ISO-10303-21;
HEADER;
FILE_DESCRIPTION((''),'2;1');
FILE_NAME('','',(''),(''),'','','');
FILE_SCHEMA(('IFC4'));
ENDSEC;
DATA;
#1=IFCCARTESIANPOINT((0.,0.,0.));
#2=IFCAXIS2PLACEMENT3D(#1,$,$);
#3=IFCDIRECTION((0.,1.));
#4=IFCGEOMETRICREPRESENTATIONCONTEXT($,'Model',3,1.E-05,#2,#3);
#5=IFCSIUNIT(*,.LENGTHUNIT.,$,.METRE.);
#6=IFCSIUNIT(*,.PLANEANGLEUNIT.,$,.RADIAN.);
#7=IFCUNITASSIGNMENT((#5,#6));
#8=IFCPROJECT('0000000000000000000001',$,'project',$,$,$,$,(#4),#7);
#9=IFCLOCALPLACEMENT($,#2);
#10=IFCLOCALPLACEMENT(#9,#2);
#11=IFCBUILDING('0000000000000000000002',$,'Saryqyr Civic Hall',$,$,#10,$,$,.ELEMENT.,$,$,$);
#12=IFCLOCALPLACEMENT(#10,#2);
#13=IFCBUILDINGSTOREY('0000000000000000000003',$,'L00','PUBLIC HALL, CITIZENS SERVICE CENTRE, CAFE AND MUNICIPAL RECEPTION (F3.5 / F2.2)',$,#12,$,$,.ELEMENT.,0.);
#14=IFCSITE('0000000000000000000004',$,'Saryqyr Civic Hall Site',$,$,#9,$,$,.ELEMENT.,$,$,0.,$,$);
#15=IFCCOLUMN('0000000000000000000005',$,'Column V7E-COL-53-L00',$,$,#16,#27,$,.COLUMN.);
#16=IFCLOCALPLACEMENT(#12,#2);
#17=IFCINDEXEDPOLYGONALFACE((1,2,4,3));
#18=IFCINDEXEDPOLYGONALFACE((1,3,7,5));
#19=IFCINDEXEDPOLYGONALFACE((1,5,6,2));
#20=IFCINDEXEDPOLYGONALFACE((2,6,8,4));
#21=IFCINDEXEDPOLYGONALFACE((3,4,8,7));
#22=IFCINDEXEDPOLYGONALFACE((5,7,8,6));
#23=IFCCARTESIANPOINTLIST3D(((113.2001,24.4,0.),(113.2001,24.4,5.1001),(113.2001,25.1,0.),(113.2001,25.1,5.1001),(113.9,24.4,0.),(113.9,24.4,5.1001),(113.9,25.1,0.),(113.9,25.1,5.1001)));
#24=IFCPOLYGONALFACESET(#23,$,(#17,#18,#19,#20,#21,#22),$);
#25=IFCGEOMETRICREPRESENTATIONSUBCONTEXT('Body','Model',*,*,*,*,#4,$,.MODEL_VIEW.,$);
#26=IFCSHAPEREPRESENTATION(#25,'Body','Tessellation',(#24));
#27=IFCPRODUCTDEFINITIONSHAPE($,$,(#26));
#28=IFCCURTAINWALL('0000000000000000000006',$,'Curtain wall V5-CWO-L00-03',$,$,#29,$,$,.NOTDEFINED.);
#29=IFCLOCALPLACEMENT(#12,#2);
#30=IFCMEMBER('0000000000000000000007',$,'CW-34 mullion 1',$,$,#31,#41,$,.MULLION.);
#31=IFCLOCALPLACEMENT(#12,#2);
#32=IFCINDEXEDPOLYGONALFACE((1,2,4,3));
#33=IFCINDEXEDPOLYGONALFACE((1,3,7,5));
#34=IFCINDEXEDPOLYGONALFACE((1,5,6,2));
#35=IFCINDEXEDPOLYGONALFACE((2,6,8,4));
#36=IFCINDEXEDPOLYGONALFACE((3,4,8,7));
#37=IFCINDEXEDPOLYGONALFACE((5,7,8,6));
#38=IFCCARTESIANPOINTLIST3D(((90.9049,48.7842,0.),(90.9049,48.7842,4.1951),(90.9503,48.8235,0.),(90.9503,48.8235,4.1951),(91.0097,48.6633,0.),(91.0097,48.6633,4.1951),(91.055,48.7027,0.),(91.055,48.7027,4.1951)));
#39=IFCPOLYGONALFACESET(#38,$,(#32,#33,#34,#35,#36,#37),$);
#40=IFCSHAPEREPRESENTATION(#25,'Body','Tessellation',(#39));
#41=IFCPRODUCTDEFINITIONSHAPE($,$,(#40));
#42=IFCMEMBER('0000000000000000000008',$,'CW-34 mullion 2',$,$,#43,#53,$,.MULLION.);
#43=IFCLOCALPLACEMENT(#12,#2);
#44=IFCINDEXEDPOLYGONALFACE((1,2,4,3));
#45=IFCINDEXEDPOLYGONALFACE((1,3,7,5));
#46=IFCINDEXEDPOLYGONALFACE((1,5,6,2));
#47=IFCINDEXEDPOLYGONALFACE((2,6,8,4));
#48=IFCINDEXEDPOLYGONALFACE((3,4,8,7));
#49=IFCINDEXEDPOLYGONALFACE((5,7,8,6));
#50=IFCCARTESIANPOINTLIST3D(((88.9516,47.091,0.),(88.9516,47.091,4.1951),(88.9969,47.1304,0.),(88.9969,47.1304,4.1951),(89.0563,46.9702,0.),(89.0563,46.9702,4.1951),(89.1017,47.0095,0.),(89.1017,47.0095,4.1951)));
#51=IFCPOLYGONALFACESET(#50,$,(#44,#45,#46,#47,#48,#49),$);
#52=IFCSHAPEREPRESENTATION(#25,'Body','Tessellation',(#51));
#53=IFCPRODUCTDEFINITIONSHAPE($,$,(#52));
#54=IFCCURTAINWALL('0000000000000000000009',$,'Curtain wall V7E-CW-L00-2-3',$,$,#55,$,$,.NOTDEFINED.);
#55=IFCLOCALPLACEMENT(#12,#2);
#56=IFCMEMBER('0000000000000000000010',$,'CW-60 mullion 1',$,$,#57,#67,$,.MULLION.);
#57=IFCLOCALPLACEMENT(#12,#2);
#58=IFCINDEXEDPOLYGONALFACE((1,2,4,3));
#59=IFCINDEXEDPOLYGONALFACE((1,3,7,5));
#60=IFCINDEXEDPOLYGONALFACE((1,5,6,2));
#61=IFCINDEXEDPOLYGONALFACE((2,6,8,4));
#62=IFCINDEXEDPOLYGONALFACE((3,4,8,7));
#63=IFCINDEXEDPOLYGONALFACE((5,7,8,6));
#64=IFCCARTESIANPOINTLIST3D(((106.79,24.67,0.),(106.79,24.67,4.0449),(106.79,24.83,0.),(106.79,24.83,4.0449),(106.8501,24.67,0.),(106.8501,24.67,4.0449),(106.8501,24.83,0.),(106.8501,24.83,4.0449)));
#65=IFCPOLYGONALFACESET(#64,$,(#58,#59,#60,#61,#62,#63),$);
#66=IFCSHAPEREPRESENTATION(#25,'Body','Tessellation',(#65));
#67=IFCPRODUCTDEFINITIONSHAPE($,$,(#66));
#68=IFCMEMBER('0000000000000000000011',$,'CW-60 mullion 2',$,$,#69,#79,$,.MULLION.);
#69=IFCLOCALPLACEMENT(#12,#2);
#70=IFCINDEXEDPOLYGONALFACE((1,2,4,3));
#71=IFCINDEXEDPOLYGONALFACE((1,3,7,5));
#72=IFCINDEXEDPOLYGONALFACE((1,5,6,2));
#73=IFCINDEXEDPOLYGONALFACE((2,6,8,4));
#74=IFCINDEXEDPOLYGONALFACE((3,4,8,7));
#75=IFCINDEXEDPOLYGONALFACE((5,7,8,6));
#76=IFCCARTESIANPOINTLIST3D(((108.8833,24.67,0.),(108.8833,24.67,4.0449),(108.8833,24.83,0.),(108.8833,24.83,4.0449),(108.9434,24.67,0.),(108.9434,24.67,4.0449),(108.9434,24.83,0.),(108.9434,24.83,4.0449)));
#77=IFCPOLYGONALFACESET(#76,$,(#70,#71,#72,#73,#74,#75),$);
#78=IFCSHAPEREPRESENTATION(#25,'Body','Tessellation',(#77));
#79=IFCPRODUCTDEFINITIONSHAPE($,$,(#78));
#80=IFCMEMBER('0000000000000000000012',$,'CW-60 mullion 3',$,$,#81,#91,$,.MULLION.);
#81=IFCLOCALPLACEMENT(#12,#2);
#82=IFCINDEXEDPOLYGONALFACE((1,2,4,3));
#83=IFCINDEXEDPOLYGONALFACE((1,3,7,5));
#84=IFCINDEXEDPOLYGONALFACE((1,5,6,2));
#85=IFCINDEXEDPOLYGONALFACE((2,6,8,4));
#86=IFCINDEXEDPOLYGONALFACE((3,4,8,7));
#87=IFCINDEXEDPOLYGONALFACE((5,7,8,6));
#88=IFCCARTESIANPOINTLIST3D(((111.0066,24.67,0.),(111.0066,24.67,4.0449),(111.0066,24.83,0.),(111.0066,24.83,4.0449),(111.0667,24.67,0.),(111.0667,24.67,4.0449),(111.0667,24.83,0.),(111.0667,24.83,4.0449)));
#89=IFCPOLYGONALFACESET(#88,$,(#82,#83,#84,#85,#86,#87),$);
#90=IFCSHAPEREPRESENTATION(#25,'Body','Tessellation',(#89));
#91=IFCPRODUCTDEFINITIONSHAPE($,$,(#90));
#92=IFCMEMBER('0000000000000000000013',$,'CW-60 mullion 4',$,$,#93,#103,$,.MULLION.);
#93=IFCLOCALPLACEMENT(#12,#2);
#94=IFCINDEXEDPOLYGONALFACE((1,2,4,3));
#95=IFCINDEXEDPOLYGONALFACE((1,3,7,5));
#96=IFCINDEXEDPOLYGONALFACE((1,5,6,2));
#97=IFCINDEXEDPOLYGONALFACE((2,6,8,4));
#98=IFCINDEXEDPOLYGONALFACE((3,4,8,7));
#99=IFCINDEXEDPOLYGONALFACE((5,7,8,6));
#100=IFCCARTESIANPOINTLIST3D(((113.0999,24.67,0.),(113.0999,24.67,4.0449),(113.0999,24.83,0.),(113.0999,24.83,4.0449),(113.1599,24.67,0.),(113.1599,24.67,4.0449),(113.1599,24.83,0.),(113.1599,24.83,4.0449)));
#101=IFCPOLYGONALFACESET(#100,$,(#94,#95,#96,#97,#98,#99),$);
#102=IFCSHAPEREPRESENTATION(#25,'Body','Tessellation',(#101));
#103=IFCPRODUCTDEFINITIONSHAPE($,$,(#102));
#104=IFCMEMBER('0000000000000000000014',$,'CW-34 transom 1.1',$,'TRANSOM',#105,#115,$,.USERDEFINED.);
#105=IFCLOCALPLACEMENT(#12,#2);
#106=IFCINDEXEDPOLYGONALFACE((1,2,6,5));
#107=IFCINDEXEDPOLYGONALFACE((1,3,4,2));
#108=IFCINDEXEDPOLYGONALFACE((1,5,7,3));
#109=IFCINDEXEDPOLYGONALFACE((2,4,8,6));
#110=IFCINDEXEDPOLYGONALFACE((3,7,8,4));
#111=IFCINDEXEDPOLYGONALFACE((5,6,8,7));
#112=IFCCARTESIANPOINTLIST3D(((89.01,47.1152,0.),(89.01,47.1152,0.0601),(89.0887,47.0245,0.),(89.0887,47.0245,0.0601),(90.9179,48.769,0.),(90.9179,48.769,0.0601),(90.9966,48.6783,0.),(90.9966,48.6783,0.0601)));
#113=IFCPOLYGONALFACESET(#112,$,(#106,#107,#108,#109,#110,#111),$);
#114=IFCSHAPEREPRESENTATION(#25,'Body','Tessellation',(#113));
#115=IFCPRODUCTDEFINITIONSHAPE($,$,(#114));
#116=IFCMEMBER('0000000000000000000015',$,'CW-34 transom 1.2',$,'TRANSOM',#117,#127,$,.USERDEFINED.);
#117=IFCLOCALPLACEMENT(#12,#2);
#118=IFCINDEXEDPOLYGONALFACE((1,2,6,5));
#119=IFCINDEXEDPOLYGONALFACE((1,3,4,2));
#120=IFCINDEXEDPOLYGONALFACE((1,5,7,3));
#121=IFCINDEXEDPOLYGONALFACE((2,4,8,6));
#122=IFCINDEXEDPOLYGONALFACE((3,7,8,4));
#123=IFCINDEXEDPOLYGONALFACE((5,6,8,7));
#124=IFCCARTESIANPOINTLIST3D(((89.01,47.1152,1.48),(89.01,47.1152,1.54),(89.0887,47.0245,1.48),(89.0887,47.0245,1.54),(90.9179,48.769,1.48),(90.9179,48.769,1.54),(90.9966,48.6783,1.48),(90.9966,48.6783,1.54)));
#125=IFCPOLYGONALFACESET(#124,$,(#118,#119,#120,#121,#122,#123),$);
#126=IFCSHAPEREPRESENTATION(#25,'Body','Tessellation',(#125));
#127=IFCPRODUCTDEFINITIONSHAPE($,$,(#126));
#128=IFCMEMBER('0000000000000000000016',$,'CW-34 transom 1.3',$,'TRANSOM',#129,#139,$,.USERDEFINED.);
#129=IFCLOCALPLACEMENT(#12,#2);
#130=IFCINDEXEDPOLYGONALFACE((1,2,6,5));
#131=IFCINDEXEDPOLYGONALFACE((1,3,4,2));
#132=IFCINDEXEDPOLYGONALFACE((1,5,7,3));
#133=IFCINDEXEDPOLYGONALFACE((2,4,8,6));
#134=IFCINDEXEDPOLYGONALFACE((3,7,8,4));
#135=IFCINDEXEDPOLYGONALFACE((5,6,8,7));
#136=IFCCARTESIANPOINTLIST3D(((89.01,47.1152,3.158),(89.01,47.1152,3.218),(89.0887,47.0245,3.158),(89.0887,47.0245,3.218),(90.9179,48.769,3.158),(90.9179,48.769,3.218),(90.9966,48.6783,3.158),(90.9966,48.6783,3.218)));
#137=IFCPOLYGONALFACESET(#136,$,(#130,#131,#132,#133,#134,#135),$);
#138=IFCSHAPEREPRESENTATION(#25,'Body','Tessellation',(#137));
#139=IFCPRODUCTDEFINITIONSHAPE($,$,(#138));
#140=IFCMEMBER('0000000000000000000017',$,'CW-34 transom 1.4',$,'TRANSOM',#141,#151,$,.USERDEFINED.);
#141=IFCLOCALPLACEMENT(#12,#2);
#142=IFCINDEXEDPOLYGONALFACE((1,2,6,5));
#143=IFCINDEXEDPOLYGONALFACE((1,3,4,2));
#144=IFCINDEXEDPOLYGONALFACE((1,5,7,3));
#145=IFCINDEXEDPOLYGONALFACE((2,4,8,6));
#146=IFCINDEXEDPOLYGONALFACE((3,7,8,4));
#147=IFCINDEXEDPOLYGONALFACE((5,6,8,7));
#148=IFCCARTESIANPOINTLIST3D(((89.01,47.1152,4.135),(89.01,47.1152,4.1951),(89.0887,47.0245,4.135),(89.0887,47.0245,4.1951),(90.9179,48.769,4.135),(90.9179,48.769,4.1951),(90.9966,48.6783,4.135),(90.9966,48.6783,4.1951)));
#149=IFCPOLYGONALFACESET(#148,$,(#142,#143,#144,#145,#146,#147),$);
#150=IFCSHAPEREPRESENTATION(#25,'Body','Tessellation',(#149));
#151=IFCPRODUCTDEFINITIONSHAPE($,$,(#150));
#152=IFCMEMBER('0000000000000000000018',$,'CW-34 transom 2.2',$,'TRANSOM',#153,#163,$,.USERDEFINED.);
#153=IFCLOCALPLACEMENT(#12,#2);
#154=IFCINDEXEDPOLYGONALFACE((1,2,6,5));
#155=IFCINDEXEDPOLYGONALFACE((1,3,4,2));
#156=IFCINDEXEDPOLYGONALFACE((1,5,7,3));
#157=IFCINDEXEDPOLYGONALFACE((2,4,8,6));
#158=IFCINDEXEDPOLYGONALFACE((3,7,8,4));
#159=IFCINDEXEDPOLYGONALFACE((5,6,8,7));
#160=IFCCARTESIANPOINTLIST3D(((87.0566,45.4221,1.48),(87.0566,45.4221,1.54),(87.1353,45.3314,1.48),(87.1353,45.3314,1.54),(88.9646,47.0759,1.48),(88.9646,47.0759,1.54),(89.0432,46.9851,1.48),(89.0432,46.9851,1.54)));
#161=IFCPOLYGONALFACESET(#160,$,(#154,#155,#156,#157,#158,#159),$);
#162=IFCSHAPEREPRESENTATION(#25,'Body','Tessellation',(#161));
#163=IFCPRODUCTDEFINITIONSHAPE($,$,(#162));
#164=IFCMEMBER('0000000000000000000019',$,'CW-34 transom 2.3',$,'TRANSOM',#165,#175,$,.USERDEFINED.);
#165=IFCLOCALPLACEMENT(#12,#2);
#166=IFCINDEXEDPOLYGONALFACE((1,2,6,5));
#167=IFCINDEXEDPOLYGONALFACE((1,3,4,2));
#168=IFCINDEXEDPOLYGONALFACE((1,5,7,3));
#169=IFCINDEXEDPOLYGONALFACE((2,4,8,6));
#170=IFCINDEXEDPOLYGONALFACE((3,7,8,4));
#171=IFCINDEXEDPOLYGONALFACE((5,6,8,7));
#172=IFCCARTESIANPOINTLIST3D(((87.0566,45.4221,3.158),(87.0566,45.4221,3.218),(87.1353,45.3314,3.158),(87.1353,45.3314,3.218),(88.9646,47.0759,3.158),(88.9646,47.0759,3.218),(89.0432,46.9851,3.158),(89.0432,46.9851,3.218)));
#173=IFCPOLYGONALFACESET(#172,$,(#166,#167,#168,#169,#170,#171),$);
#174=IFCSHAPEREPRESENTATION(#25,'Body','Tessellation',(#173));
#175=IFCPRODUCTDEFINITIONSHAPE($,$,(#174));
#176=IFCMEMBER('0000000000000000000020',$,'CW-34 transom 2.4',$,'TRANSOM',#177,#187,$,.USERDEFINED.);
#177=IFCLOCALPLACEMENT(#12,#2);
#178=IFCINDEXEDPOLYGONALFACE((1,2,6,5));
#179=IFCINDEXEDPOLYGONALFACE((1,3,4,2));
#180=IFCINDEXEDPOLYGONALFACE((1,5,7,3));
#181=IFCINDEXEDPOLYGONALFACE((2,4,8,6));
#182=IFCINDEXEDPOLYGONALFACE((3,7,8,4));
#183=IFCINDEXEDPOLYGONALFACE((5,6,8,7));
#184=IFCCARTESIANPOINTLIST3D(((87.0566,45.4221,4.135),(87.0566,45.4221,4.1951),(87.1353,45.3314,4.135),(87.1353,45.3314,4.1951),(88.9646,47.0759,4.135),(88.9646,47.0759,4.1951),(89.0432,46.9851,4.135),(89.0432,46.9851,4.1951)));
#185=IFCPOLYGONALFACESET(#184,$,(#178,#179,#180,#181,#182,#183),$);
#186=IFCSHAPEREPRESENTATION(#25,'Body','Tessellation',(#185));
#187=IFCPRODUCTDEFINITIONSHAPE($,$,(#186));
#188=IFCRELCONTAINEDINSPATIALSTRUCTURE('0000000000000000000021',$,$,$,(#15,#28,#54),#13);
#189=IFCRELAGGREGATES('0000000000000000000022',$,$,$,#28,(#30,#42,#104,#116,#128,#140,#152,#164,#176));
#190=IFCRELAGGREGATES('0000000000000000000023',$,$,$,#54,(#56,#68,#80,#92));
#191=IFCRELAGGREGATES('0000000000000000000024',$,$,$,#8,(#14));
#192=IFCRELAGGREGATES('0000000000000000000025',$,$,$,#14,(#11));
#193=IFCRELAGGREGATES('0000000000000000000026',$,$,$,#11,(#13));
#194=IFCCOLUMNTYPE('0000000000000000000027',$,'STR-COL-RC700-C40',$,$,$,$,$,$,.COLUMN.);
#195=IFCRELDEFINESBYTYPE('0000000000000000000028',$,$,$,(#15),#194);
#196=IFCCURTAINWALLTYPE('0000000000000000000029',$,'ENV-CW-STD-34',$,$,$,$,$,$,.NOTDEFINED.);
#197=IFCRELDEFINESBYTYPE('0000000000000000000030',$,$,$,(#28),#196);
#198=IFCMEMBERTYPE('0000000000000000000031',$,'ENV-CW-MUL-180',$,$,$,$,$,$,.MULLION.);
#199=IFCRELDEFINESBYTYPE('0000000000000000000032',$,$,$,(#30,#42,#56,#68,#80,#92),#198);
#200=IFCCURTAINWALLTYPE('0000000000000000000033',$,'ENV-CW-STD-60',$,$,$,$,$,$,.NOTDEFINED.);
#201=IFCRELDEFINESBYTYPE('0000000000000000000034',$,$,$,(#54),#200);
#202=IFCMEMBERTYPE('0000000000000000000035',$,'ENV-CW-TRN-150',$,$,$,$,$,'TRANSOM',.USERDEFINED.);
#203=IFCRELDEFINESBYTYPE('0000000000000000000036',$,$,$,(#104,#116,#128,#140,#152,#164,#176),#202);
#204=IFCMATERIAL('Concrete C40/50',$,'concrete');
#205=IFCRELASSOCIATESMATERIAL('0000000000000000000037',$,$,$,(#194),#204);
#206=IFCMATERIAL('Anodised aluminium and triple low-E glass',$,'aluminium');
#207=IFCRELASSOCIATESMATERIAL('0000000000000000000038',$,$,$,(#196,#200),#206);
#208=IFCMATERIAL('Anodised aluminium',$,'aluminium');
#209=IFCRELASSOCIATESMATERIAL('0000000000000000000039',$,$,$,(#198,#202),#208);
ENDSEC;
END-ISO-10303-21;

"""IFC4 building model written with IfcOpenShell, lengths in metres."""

from ifc_helpers import new_model, si_unit, direction, frame, origin, origin_2d, place, context, subcontext, project, spatial, rectangle, extrude, material, material_profile, profile_set, type_object, element, aggregate, save


model = new_model("IFC4")

# Units and contexts
model_context = context("Model", 3, precision=1e-05, world=origin(), true_north=direction((0.0, 1.0)))
body_context = subcontext(model_context, "Body", "Model", "MODEL_VIEW")
ifc_project = project(units=[si_unit("LENGTHUNIT", "METRE"), si_unit("PLANEANGLEUNIT", "RADIAN")], contexts=[model_context])

# Site, building, storey
site_placement = place(None, origin())
site = spatial("IfcSite", under=ifc_project, at=site_placement, Name="Saryqyr Civic Hall Site", CompositionType="ELEMENT", RefElevation=0.0)
building_placement = place(site_placement, origin())
building = spatial("IfcBuilding", under=site, at=building_placement, Name="Saryqyr Civic Hall", CompositionType="ELEMENT")
storey_placement = place(building_placement, origin())
storey = spatial("IfcBuildingStorey", under=building, at=storey_placement, Name="L00", Description="PUBLIC HALL, CITIZENS SERVICE CENTRE, CAFE AND MUNICIPAL RECEPTION (F3.5 / F2.2)", CompositionType="ELEMENT", Elevation=0.0)

# Column
ifc_material_1 = material(Name="Concrete C40/50", Category="concrete")
ifc_material_profile_1 = material_profile(ifc_material_1, rectangle(XDim=0.7, YDim=0.7, at=origin_2d()), Name="RC 700x700")
ifc_profile_set_1 = profile_set([ifc_material_profile_1], Name="Concrete C40/50")
column_type = type_object("IfcColumnType", Name="STR-COL-RC700-C40", PredefinedType="COLUMN", material=ifc_profile_set_1)
column_placement = place(storey_placement, frame((113.55, 24.75, 0.0), z_axis=(0.0, 0.0, 1.0), x_axis=(1.0, 0.0, 0.0)))
element("IfcColumn", 1, at=column_placement, inside=storey, type_object=column_type, Name="Column V7E-COL-53-L00", PredefinedType="COLUMN", context=body_context, shape_type="SweptSolid", body=[
    extrude(rectangle(XDim=0.7, YDim=0.7, at=origin_2d()), origin(), (0.0, 0.0, 1.0), 5.1001),
])

# Curtain walls, members
ifc_material_2 = material(Name="Anodised aluminium and triple low-E glass", Category="aluminium")
curtain_wall_type_1 = type_object("IfcCurtainWallType", Name="ENV-CW-STD-34", PredefinedType="NOTDEFINED", material=ifc_material_2)
curtain_wall_1_placement = place(storey_placement, origin())
curtain_wall_1 = element("IfcCurtainWall", 2, at=curtain_wall_1_placement, inside=storey, type_object=curtain_wall_type_1, Name="Curtain wall V5-CWO-L00-03", PredefinedType="NOTDEFINED")
ifc_material_3 = material(Name="Anodised aluminium", Category="aluminium")
ifc_material_profile_2 = material_profile(ifc_material_3, rectangle(XDim=0.0601, YDim=0.1599, at=origin_2d()), Name="ALU MULLION 60x160")
ifc_profile_set_2 = profile_set([ifc_material_profile_2], Name="Anodised aluminium")
member_type_1 = type_object("IfcMemberType", Name="ENV-CW-MUL-180", PredefinedType="MULLION", material=ifc_profile_set_2)
member_1_placement = place(storey_placement, frame((90.98, 48.7434, 0.0), z_axis=(0.0, 0.0, 1.0), x_axis=(-0.755656, -0.654968, 0.0)))
member_1 = element("IfcMember", 3, at=member_1_placement, type_object=member_type_1, Name="CW-34 mullion 1", PredefinedType="MULLION", context=body_context, shape_type="SweptSolid", body=[
    extrude(rectangle(XDim=0.0601, YDim=0.1599, at=origin_2d()), origin(), (0.0, 0.0, 1.0), 4.1951),
])
member_2_placement = place(storey_placement, frame((89.0266, 47.0503, 0.0), z_axis=(0.0, 0.0, 1.0), x_axis=(-0.755656, -0.654968, 0.0)))
member_2 = element("IfcMember", 4, at=member_2_placement, type_object=member_type_1, Name="CW-34 mullion 2", PredefinedType="MULLION", context=body_context, shape_type="SweptSolid", body=[
    extrude(rectangle(XDim=0.0601, YDim=0.1599, at=origin_2d()), origin(), (0.0, 0.0, 1.0), 4.1951),
])
curtain_wall_type_2 = type_object("IfcCurtainWallType", Name="ENV-CW-STD-60", PredefinedType="NOTDEFINED", material=ifc_material_2)
curtain_wall_2_placement = place(storey_placement, origin())
curtain_wall_2 = element("IfcCurtainWall", 5, at=curtain_wall_2_placement, inside=storey, type_object=curtain_wall_type_2, Name="Curtain wall V7E-CW-L00-2-3", PredefinedType="NOTDEFINED")
member_3_placement = place(storey_placement, frame((106.8201, 24.75, 0.0), z_axis=(0.0, 0.0, 1.0), x_axis=(1.0, 0.0, 0.0)))
member_3 = element("IfcMember", 6, at=member_3_placement, type_object=member_type_1, Name="CW-60 mullion 1", PredefinedType="MULLION", context=body_context, shape_type="SweptSolid", body=[
    extrude(rectangle(XDim=0.0601, YDim=0.1599, at=origin_2d()), origin(), (0.0, 0.0, 1.0), 4.0449),
])
member_4_placement = place(storey_placement, frame((108.9133, 24.75, 0.0), z_axis=(0.0, 0.0, 1.0), x_axis=(1.0, 0.0, 0.0)))
member_4 = element("IfcMember", 7, at=member_4_placement, type_object=member_type_1, Name="CW-60 mullion 2", PredefinedType="MULLION", context=body_context, shape_type="SweptSolid", body=[
    extrude(rectangle(XDim=0.0601, YDim=0.1599, at=origin_2d()), origin(), (0.0, 0.0, 1.0), 4.0449),
])
member_5_placement = place(storey_placement, frame((111.0366, 24.75, 0.0), z_axis=(0.0, 0.0, 1.0), x_axis=(1.0, 0.0, 0.0)))
member_5 = element("IfcMember", 8, at=member_5_placement, type_object=member_type_1, Name="CW-60 mullion 3", PredefinedType="MULLION", context=body_context, shape_type="SweptSolid", body=[
    extrude(rectangle(XDim=0.0601, YDim=0.1599, at=origin_2d()), origin(), (0.0, 0.0, 1.0), 4.0449),
])
member_6_placement = place(storey_placement, frame((113.1299, 24.75, 0.0), z_axis=(0.0, 0.0, 1.0), x_axis=(1.0, 0.0, 0.0)))
member_6 = element("IfcMember", 9, at=member_6_placement, type_object=member_type_1, Name="CW-60 mullion 4", PredefinedType="MULLION", context=body_context, shape_type="SweptSolid", body=[
    extrude(rectangle(XDim=0.0601, YDim=0.1599, at=origin_2d()), origin(), (0.0, 0.0, 1.0), 4.0449),
])

# Members
ifc_material_profile_3 = material_profile(ifc_material_3, rectangle(XDim=0.1201, YDim=0.0601, at=origin_2d()), Name="ALU TRANSOM 120x60")
ifc_profile_set_3 = profile_set([ifc_material_profile_3], Name="Anodised aluminium")
member_type_2 = type_object("IfcMemberType", Name="ENV-CW-TRN-150", ElementType="TRANSOM", PredefinedType="USERDEFINED", material=ifc_profile_set_3)
member_7_placement = place(storey_placement, frame((90.9573, 48.7236, 0.03), z_axis=(-0.755641, -0.654986, 0.0), x_axis=(0.654986, -0.755641, 0.0)))
member_7 = element("IfcMember", 10, at=member_7_placement, type_object=member_type_2, Name="CW-34 transom 1.1", ObjectType="TRANSOM", PredefinedType="USERDEFINED", context=body_context, shape_type="SweptSolid", body=[
    extrude(rectangle(XDim=0.1201, YDim=0.0601, at=origin_2d()), origin(), (0.0, 0.0, 1.0), 2.5249),
])
member_8_placement = place(storey_placement, frame((90.9573, 48.7236, 1.51), z_axis=(-0.755641, -0.654986, 0.0), x_axis=(0.654986, -0.755641, 0.0)))
member_8 = element("IfcMember", 11, at=member_8_placement, type_object=member_type_2, Name="CW-34 transom 1.2", ObjectType="TRANSOM", PredefinedType="USERDEFINED", context=body_context, shape_type="SweptSolid", body=[
    extrude(rectangle(XDim=0.1201, YDim=0.0601, at=origin_2d()), origin(), (0.0, 0.0, 1.0), 2.5249),
])
member_9_placement = place(storey_placement, frame((90.9573, 48.7236, 3.188), z_axis=(-0.755641, -0.654986, 0.0), x_axis=(0.654986, -0.755641, 0.0)))
member_9 = element("IfcMember", 12, at=member_9_placement, type_object=member_type_2, Name="CW-34 transom 1.3", ObjectType="TRANSOM", PredefinedType="USERDEFINED", context=body_context, shape_type="SweptSolid", body=[
    extrude(rectangle(XDim=0.1201, YDim=0.0601, at=origin_2d()), origin(), (0.0, 0.0, 1.0), 2.5249),
])
member_10_placement = place(storey_placement, frame((90.9573, 48.7236, 4.165), z_axis=(-0.755641, -0.654986, 0.0), x_axis=(0.654986, -0.755641, 0.0)))
member_10 = element("IfcMember", 13, at=member_10_placement, type_object=member_type_2, Name="CW-34 transom 1.4", ObjectType="TRANSOM", PredefinedType="USERDEFINED", context=body_context, shape_type="SweptSolid", body=[
    extrude(rectangle(XDim=0.1201, YDim=0.0601, at=origin_2d()), origin(), (0.0, 0.0, 1.0), 2.5249),
])
member_11_placement = place(storey_placement, frame((89.0039, 47.0305, 1.51), z_axis=(-0.755641, -0.654986, 0.0), x_axis=(0.654986, -0.755641, 0.0)))
member_11 = element("IfcMember", 14, at=member_11_placement, type_object=member_type_2, Name="CW-34 transom 2.2", ObjectType="TRANSOM", PredefinedType="USERDEFINED", context=body_context, shape_type="SweptSolid", body=[
    extrude(rectangle(XDim=0.1201, YDim=0.0601, at=origin_2d()), origin(), (0.0, 0.0, 1.0), 2.5249),
])
member_12_placement = place(storey_placement, frame((89.0039, 47.0305, 3.188), z_axis=(-0.755641, -0.654986, 0.0), x_axis=(0.654986, -0.755641, 0.0)))
member_12 = element("IfcMember", 15, at=member_12_placement, type_object=member_type_2, Name="CW-34 transom 2.3", ObjectType="TRANSOM", PredefinedType="USERDEFINED", context=body_context, shape_type="SweptSolid", body=[
    extrude(rectangle(XDim=0.1201, YDim=0.0601, at=origin_2d()), origin(), (0.0, 0.0, 1.0), 2.5249),
])
member_13_placement = place(storey_placement, frame((89.0039, 47.0305, 4.165), z_axis=(-0.755641, -0.654986, 0.0), x_axis=(0.654986, -0.755641, 0.0)))
member_13 = element("IfcMember", 16, at=member_13_placement, type_object=member_type_2, Name="CW-34 transom 2.4", ObjectType="TRANSOM", PredefinedType="USERDEFINED", context=body_context, shape_type="SweptSolid", body=[
    extrude(rectangle(XDim=0.1201, YDim=0.0601, at=origin_2d()), origin(), (0.0, 0.0, 1.0), 2.5249),
])

aggregate(curtain_wall_1, [member_1, member_2, member_7, member_8, member_9, member_10, member_11, member_12, member_13])
aggregate(curtain_wall_2, [member_3, member_4, member_5, member_6])

save(model, "model.ifc")
